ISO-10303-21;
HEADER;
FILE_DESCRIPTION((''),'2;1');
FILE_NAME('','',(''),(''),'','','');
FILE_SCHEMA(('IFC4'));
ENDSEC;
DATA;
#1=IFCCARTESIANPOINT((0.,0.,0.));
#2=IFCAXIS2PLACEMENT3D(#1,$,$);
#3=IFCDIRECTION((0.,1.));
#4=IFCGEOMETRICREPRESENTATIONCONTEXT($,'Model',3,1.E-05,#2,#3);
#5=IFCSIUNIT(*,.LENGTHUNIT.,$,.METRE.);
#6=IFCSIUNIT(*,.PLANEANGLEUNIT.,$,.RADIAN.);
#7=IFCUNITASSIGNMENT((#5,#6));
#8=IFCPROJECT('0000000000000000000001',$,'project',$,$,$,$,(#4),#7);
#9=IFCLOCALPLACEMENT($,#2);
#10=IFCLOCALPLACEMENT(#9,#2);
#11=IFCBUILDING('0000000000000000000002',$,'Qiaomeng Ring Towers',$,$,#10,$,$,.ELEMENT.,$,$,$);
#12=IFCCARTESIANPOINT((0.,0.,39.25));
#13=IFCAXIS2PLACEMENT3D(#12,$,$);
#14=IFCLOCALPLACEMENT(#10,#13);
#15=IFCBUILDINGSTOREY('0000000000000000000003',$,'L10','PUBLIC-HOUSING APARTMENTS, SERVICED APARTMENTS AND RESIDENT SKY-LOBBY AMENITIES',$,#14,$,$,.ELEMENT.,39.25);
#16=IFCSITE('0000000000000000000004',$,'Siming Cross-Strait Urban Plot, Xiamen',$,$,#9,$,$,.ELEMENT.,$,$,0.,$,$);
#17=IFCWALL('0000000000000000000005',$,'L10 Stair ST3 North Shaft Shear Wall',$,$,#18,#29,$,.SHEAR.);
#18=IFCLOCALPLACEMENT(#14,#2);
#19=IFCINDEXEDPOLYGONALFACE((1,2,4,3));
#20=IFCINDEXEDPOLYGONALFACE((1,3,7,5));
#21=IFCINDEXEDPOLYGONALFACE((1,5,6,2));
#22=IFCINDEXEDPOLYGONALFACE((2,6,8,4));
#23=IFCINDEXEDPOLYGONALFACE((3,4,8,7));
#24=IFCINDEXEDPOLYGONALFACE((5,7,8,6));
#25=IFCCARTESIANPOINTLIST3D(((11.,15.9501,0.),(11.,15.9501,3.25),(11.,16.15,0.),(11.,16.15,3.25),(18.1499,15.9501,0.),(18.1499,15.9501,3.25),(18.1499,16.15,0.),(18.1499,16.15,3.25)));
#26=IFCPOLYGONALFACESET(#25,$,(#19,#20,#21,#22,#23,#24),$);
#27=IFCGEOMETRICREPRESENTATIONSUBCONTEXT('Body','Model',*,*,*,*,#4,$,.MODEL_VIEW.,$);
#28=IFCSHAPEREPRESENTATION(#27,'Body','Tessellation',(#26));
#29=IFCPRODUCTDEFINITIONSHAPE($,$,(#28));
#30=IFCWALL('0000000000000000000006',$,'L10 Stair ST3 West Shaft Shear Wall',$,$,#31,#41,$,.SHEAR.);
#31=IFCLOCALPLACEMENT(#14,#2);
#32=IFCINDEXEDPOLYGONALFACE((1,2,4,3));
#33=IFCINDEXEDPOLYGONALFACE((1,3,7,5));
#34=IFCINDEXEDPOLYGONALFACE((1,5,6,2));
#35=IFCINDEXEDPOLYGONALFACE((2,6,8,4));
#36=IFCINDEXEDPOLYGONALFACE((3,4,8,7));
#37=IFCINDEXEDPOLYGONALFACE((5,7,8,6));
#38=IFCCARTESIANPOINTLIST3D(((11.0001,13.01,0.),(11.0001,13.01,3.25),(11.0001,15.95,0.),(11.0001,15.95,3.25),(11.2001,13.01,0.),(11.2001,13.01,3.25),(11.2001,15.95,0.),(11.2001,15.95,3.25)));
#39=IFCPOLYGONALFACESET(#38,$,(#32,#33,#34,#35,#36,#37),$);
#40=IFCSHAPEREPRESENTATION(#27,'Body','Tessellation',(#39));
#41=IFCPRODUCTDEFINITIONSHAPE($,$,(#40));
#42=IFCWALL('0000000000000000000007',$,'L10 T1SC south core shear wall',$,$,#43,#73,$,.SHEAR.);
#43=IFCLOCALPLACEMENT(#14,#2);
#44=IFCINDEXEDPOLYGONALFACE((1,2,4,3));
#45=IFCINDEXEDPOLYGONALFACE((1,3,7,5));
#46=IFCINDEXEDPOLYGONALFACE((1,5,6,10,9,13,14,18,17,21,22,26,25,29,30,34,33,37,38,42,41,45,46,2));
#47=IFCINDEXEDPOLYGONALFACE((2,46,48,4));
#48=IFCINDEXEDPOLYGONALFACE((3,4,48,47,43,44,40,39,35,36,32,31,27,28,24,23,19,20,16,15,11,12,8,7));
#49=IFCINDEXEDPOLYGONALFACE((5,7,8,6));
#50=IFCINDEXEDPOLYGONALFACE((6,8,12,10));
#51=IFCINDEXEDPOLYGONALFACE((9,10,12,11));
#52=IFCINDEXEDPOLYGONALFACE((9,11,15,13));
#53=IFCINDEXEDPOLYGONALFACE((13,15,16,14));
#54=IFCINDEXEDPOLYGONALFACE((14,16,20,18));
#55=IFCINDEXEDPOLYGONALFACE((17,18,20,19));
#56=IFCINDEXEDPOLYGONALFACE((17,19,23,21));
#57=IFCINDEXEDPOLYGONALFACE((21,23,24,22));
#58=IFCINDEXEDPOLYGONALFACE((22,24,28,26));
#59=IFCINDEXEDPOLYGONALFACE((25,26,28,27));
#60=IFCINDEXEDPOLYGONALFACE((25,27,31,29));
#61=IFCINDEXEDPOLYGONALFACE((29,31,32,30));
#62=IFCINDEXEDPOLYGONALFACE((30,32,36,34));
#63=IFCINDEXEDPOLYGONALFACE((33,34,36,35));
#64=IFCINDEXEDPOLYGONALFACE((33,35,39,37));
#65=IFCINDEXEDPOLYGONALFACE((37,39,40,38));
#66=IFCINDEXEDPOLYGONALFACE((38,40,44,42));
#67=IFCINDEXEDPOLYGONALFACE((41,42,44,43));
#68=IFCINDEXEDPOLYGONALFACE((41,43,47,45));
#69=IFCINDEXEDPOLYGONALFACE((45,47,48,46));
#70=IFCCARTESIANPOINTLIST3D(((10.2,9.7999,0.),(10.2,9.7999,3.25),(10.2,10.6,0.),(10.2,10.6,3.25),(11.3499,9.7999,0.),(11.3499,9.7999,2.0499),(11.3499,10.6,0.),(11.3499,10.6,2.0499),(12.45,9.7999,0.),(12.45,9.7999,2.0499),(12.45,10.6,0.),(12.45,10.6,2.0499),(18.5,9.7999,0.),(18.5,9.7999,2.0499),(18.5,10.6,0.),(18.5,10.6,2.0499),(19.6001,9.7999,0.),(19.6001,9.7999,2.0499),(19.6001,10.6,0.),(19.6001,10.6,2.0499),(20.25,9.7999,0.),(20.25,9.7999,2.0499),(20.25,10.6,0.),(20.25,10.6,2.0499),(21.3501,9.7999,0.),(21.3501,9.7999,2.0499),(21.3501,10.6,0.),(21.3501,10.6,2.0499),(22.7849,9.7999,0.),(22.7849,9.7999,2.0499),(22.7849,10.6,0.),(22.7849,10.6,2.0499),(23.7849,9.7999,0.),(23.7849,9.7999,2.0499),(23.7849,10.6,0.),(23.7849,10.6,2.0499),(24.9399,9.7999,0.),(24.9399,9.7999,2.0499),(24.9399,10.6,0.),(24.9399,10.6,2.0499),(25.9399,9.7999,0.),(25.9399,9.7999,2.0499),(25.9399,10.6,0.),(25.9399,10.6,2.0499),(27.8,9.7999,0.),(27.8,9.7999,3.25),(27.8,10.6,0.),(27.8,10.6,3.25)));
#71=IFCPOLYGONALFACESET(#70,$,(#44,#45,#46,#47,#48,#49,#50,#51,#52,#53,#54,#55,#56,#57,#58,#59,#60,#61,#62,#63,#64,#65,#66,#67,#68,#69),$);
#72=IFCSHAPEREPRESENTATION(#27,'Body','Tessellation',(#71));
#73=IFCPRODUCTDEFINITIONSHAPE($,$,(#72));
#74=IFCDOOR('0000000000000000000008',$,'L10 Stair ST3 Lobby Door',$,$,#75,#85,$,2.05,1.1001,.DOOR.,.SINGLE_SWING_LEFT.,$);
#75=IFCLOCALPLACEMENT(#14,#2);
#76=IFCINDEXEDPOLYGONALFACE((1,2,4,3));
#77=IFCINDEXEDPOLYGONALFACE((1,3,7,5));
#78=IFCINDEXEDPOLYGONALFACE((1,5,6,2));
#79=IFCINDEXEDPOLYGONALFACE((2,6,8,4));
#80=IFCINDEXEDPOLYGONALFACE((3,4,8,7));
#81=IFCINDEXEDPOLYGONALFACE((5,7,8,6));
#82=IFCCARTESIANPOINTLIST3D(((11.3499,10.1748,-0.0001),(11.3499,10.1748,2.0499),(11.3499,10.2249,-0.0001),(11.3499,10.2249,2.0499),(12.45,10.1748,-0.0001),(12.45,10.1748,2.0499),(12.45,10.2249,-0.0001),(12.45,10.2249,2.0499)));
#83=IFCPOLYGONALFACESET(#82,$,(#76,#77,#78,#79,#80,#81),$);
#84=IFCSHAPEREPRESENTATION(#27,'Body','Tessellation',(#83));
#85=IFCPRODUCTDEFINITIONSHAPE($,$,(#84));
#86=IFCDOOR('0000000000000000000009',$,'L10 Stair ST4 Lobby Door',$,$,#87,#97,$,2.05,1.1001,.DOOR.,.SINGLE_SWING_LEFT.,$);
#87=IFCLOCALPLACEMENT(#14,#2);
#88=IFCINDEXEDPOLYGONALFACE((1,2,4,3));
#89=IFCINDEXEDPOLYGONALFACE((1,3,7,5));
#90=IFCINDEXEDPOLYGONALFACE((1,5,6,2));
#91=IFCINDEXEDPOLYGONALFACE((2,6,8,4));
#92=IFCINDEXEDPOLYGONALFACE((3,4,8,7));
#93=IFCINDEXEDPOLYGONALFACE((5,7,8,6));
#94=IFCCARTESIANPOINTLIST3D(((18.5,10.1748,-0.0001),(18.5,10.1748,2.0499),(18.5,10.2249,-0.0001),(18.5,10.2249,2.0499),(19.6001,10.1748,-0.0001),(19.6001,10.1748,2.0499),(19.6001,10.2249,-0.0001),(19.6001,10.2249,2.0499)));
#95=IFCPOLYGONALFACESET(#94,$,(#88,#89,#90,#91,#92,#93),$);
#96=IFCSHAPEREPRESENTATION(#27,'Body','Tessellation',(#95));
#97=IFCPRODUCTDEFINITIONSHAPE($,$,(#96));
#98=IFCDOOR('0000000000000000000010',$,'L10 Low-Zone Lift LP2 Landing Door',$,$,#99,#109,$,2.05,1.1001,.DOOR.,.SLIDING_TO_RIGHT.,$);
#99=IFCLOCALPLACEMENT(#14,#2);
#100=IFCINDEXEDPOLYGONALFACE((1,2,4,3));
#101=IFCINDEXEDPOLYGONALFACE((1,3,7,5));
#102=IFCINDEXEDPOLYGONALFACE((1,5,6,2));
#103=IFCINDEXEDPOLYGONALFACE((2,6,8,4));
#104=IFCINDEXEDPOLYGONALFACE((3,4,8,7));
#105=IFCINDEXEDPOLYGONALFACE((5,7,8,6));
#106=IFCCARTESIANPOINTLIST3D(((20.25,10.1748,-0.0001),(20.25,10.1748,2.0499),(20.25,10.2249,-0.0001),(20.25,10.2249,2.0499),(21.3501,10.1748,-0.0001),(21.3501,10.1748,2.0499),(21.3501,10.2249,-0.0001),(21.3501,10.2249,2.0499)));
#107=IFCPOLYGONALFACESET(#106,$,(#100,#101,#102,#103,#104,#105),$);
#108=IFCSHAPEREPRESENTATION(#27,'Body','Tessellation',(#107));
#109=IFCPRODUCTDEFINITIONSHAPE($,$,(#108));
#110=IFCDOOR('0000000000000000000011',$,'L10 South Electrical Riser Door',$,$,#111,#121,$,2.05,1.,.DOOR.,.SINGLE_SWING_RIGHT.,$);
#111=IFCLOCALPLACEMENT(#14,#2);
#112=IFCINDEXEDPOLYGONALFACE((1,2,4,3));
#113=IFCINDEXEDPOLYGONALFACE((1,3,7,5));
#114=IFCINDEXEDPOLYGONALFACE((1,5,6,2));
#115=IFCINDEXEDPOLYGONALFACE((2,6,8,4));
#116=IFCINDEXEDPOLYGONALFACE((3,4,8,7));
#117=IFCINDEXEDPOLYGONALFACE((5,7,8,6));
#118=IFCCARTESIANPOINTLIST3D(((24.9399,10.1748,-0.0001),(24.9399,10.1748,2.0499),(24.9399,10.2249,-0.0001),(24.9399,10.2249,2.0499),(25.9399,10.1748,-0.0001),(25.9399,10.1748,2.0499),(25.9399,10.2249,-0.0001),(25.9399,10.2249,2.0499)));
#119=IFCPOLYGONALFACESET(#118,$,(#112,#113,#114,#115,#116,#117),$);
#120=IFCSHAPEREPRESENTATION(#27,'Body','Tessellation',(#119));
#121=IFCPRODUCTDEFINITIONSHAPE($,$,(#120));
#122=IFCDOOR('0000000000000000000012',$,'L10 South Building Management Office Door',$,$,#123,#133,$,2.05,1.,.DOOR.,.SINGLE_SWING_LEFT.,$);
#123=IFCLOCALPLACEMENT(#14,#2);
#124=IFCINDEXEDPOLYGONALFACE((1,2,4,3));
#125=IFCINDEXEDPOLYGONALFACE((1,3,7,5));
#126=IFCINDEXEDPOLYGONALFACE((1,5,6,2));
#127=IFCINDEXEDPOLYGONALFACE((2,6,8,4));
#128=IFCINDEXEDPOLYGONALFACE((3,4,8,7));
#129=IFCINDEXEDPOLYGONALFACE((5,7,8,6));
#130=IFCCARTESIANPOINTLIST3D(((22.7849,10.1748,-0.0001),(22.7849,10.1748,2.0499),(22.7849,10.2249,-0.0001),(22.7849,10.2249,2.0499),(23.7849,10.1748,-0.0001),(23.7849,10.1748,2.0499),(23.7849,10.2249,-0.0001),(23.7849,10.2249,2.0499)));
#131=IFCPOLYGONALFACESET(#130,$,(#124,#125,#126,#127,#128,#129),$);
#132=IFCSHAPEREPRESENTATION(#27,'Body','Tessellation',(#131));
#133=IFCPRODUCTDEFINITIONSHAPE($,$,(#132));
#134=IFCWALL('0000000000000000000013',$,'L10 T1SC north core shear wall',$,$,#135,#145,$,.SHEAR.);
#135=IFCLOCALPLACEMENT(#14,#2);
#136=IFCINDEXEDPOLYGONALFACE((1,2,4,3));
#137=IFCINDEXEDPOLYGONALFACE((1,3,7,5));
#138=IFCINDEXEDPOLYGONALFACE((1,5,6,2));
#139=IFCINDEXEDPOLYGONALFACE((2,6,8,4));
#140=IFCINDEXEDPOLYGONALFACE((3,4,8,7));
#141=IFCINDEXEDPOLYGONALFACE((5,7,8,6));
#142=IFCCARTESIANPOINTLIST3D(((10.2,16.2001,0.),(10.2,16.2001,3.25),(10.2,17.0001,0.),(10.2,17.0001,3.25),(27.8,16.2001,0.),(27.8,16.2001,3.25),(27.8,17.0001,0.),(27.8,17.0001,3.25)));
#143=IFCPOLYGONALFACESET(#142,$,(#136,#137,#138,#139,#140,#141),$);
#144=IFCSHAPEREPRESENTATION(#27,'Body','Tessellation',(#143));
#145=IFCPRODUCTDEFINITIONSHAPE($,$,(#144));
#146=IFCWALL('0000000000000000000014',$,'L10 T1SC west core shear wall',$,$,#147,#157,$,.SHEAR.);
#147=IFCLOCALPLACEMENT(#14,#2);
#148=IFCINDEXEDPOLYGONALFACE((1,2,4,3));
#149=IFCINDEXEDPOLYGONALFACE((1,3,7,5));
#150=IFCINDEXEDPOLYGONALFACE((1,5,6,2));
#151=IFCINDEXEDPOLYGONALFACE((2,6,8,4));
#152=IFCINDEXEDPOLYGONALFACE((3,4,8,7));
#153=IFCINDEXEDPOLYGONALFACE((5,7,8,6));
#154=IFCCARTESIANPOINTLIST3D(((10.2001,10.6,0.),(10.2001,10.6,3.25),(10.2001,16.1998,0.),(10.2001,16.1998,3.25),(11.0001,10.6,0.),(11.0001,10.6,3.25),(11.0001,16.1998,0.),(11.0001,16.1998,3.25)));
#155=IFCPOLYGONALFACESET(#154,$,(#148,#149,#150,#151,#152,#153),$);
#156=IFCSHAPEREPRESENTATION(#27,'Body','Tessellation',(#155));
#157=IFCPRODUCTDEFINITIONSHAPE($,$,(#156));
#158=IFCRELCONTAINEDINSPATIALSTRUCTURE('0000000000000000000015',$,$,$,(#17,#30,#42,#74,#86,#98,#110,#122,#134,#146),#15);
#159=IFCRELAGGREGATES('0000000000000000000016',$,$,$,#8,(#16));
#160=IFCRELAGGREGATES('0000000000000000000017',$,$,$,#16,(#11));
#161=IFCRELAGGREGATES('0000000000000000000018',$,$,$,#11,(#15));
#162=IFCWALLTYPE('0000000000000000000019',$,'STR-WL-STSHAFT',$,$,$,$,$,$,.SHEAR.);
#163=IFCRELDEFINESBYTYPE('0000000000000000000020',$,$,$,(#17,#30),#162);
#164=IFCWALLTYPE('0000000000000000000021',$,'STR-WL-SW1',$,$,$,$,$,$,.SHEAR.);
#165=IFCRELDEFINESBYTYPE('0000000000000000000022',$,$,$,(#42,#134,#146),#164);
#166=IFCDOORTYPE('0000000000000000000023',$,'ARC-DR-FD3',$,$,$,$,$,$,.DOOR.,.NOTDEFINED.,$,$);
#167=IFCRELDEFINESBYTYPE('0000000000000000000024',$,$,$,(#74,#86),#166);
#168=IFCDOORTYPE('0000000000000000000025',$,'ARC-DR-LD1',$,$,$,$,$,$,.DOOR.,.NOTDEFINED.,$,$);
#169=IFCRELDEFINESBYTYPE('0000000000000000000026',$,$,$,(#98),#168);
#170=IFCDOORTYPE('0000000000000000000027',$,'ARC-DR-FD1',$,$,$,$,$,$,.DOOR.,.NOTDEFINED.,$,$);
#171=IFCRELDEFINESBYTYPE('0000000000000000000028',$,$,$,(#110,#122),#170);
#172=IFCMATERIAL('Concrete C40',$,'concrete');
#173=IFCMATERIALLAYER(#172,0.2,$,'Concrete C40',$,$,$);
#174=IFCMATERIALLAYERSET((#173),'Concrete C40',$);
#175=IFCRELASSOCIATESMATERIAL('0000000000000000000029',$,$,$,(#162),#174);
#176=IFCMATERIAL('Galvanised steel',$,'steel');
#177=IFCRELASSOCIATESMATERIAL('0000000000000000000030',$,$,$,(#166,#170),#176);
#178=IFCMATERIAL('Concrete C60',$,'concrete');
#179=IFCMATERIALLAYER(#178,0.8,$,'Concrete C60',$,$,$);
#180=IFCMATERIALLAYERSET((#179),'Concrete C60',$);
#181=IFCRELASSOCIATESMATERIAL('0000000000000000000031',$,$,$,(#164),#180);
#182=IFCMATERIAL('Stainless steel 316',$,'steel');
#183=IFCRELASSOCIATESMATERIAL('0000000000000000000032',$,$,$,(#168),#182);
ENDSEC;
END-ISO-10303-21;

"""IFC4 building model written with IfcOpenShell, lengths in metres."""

from ifc_helpers import new_model, si_unit, direction, frame, frame_2d, origin, place, context, subcontext, project, spatial, rectangle, extrude, source, transform, mapped, material, layer, layer_set, type_object, element, fill, save


model = new_model("IFC4")

# Units and contexts
model_context = context("Model", 3, precision=1e-05, world=origin(), true_north=direction((0.0, 1.0)))
body_context = subcontext(model_context, "Body", "Model", "MODEL_VIEW")
ifc_project = project(units=[si_unit("LENGTHUNIT", "METRE"), si_unit("PLANEANGLEUNIT", "RADIAN")], contexts=[model_context])

# Site, building, storey
site_placement = place(None, origin())
site = spatial("IfcSite", under=ifc_project, at=site_placement, Name="Siming Cross-Strait Urban Plot, Xiamen", CompositionType="ELEMENT", RefElevation=0.0)
building_placement = place(site_placement, origin())
building = spatial("IfcBuilding", under=site, at=building_placement, Name="Qiaomeng Ring Towers", CompositionType="ELEMENT")
storey_placement = place(building_placement, frame((0.0, 0.0, 39.25)))
storey = spatial("IfcBuildingStorey", under=building, at=storey_placement, Name="L10", Description="PUBLIC-HOUSING APARTMENTS, SERVICED APARTMENTS AND RESIDENT SKY-LOBBY AMENITIES", CompositionType="ELEMENT", Elevation=39.25)

# Shared definitions
shared_shape_1 = source(origin(), body_context, "Body", "SweptSolid", [
    extrude(rectangle(XDim=1.0, YDim=2.05, at=frame_2d((0.5, 1.0249))), frame((0.0, 0.0249, 0.0), z_axis=(0.0, -1.0, 0.0), x_axis=(1.0, 0.0, 0.0)), (0.0, 0.0, 1.0), 0.05),
])

# Shared definitions
ifc_material_1 = material(Name="Concrete C40", Category="concrete")
ifc_layer_1 = layer(ifc_material_1, 0.2, Name="Concrete C40")
ifc_layer_set_1 = layer_set([ifc_layer_1], Name="Concrete C40")
wall_type_1 = type_object("IfcWallType", Name="STR-WL-STSHAFT", PredefinedType="SHEAR", material=ifc_layer_set_1)

# Shared definitions
ifc_material_2 = material(Name="Galvanised steel", Category="steel")
door_type_1 = type_object("IfcDoorType", Name="ARC-DR-FD3", OperationType="NOTDEFINED", PredefinedType="DOOR", material=ifc_material_2)
shared_shape_2 = source(origin(), body_context, "Body", "SweptSolid", [
    extrude(rectangle(XDim=1.1001, YDim=2.05, at=frame_2d((0.55, 1.0249))), frame((0.0, 0.0249, 0.0), z_axis=(0.0, -1.0, 0.0), x_axis=(1.0, 0.0, 0.0)), (0.0, 0.0, 1.0), 0.05),
])

# Walls
wall_1_placement = place(storey_placement, frame((11.0, 16.05, 0.0), z_axis=(0.0, 0.0, 1.0), x_axis=(1.0, 0.0, 0.0)))
element("IfcWall", 1, at=wall_1_placement, inside=storey, type_object=wall_type_1, Name="L10 Stair ST3 North Shaft Shear Wall", PredefinedType="SHEAR", context=body_context, shape_type="SweptSolid", body=[
    extrude(rectangle(XDim=7.1499, YDim=0.2, at=frame_2d((3.575, 0.0))), origin(), (0.0, 0.0, 1.0), 3.25),
])
wall_2_placement = place(storey_placement, frame((11.1001, 13.01, 0.0), z_axis=(0.0, 0.0, 1.0), x_axis=(0.0, 1.0, 0.0)))
element("IfcWall", 2, at=wall_2_placement, inside=storey, type_object=wall_type_1, Name="L10 Stair ST3 West Shaft Shear Wall", PredefinedType="SHEAR", context=body_context, shape_type="SweptSolid", body=[
    extrude(rectangle(XDim=2.9399, YDim=0.2, at=frame_2d((1.47, 0.0))), origin(), (0.0, 0.0, 1.0), 3.25),
])

# Wall, openings, doors
ifc_material_3 = material(Name="Concrete C60", Category="concrete")
ifc_layer_2 = layer(ifc_material_3, 0.8, Name="Concrete C60")
ifc_layer_set_2 = layer_set([ifc_layer_2], Name="Concrete C60")
wall_type_2 = type_object("IfcWallType", Name="STR-WL-SW1", PredefinedType="SHEAR", material=ifc_layer_set_2)
wall_3_placement = place(storey_placement, frame((10.2, 10.2, 0.0), z_axis=(0.0, 0.0, 1.0), x_axis=(1.0, 0.0, 0.0)))
wall_3 = element("IfcWall", 3, at=wall_3_placement, inside=storey, type_object=wall_type_2, Name="L10 T1SC south core shear wall", PredefinedType="SHEAR", context=body_context, shape_type="SweptSolid", body=[
    extrude(rectangle(XDim=17.6001, YDim=0.8, at=frame_2d((8.8, 0.0))), origin(), (0.0, 0.0, 1.0), 3.25),
])
opening_1_placement = place(wall_3_placement, frame((1.1499, 0.0, 0.0)))
opening_1 = element("IfcOpeningElement", 4, at=opening_1_placement, cuts=wall_3, PredefinedType="OPENING", context=body_context, shape_type="SweptSolid", body=[
    extrude(rectangle(XDim=1.1001, YDim=2.05, at=frame_2d((0.55, 1.0249))), frame((0.0, 0.4099, 0.0), z_axis=(0.0, -1.0, 0.0), x_axis=(1.0, 0.0, 0.0)), (0.0, 0.0, 1.0), 0.8201),
])
opening_2_placement = place(wall_3_placement, frame((8.3, 0.0, 0.0)))
opening_2 = element("IfcOpeningElement", 5, at=opening_2_placement, cuts=wall_3, PredefinedType="OPENING", context=body_context, shape_type="SweptSolid", body=[
    extrude(rectangle(XDim=1.1001, YDim=2.05, at=frame_2d((0.55, 1.0249))), frame((0.0, 0.4099, 0.0), z_axis=(0.0, -1.0, 0.0), x_axis=(1.0, 0.0, 0.0)), (0.0, 0.0, 1.0), 0.8201),
])
opening_3_placement = place(wall_3_placement, frame((10.05, 0.0, 0.0)))
opening_3 = element("IfcOpeningElement", 6, at=opening_3_placement, cuts=wall_3, PredefinedType="OPENING", context=body_context, shape_type="SweptSolid", body=[
    extrude(rectangle(XDim=1.1001, YDim=2.05, at=frame_2d((0.55, 1.0249))), frame((0.0, 0.4099, 0.0), z_axis=(0.0, -1.0, 0.0), x_axis=(1.0, 0.0, 0.0)), (0.0, 0.0, 1.0), 0.8201),
])
opening_4_placement = place(wall_3_placement, frame((14.74, 0.0, 0.0)))
opening_4 = element("IfcOpeningElement", 7, at=opening_4_placement, cuts=wall_3, PredefinedType="OPENING", context=body_context, shape_type="SweptSolid", body=[
    extrude(rectangle(XDim=1.0, YDim=2.05, at=frame_2d((0.5, 1.0249))), frame((0.0, 0.4099, 0.0), z_axis=(0.0, -1.0, 0.0), x_axis=(1.0, 0.0, 0.0)), (0.0, 0.0, 1.0), 0.8201),
])
opening_5_placement = place(wall_3_placement, frame((12.585, 0.0, 0.0)))
opening_5 = element("IfcOpeningElement", 8, at=opening_5_placement, cuts=wall_3, PredefinedType="OPENING", context=body_context, shape_type="SweptSolid", body=[
    extrude(rectangle(XDim=1.0, YDim=2.05, at=frame_2d((0.5, 1.0249))), frame((0.0, 0.4099, 0.0), z_axis=(0.0, -1.0, 0.0), x_axis=(1.0, 0.0, 0.0)), (0.0, 0.0, 1.0), 0.8201),
])
door_1_placement = place(opening_1_placement, origin())
door_1 = element("IfcDoor", 9, at=door_1_placement, inside=storey, type_object=door_type_1, Name="L10 Stair ST3 Lobby Door", OperationType="SINGLE_SWING_LEFT", OverallHeight=2.05, OverallWidth=1.1001, PredefinedType="DOOR", context=body_context, shape_type="MappedRepresentation", body=[
    mapped(shared_shape_2, transform((0.0, 0.0, 0.0), x_axis=(1.0, 0.0, 0.0), y_axis=(0.0, 1.0, 0.0), z_axis=(0.0, 0.0, 1.0), scale=1.0)),
])
fill(opening_1, door_1)
door_2_placement = place(opening_2_placement, origin())
door_2 = element("IfcDoor", 10, at=door_2_placement, inside=storey, type_object=door_type_1, Name="L10 Stair ST4 Lobby Door", OperationType="SINGLE_SWING_LEFT", OverallHeight=2.05, OverallWidth=1.1001, PredefinedType="DOOR", context=body_context, shape_type="MappedRepresentation", body=[
    mapped(shared_shape_2, transform((0.0, 0.0, 0.0), x_axis=(1.0, 0.0, 0.0), y_axis=(0.0, 1.0, 0.0), z_axis=(0.0, 0.0, 1.0), scale=1.0)),
])
fill(opening_2, door_2)
ifc_material_4 = material(Name="Stainless steel 316", Category="steel")
door_type_2 = type_object("IfcDoorType", Name="ARC-DR-LD1", OperationType="NOTDEFINED", PredefinedType="DOOR", material=ifc_material_4)
door_3_placement = place(opening_3_placement, origin())
door_3 = element("IfcDoor", 11, at=door_3_placement, inside=storey, type_object=door_type_2, Name="L10 Low-Zone Lift LP2 Landing Door", OperationType="SLIDING_TO_RIGHT", OverallHeight=2.05, OverallWidth=1.1001, PredefinedType="DOOR", context=body_context, shape_type="MappedRepresentation", body=[
    mapped(shared_shape_2, transform((0.0, 0.0, 0.0), x_axis=(1.0, 0.0, 0.0), y_axis=(0.0, 1.0, 0.0), z_axis=(0.0, 0.0, 1.0), scale=1.0)),
])
fill(opening_3, door_3)
door_type_3 = type_object("IfcDoorType", Name="ARC-DR-FD1", OperationType="NOTDEFINED", PredefinedType="DOOR", material=ifc_material_2)
door_4_placement = place(opening_4_placement, origin())
door_4 = element("IfcDoor", 12, at=door_4_placement, inside=storey, type_object=door_type_3, Name="L10 South Electrical Riser Door", OperationType="SINGLE_SWING_RIGHT", OverallHeight=2.05, OverallWidth=1.0, PredefinedType="DOOR", context=body_context, shape_type="MappedRepresentation", body=[
    mapped(shared_shape_1, transform((0.0, 0.0, 0.0), x_axis=(1.0, 0.0, 0.0), y_axis=(0.0, 1.0, 0.0), z_axis=(0.0, 0.0, 1.0), scale=1.0)),
])
fill(opening_4, door_4)
door_5_placement = place(opening_5_placement, origin())
door_5 = element("IfcDoor", 13, at=door_5_placement, inside=storey, type_object=door_type_3, Name="L10 South Building Management Office Door", OperationType="SINGLE_SWING_LEFT", OverallHeight=2.05, OverallWidth=1.0, PredefinedType="DOOR", context=body_context, shape_type="MappedRepresentation", body=[
    mapped(shared_shape_1, transform((0.0, 0.0, 0.0), x_axis=(1.0, 0.0, 0.0), y_axis=(0.0, 1.0, 0.0), z_axis=(0.0, 0.0, 1.0), scale=1.0)),
])
fill(opening_5, door_5)

# Walls
wall_4_placement = place(storey_placement, frame((10.2, 16.6001, 0.0), z_axis=(0.0, 0.0, 1.0), x_axis=(1.0, 0.0, 0.0)))
element("IfcWall", 14, at=wall_4_placement, inside=storey, type_object=wall_type_2, Name="L10 T1SC north core shear wall", PredefinedType="SHEAR", context=body_context, shape_type="SweptSolid", body=[
    extrude(rectangle(XDim=17.6001, YDim=0.8, at=frame_2d((8.8, 0.0))), origin(), (0.0, 0.0, 1.0), 3.25),
])
wall_5_placement = place(storey_placement, frame((10.6001, 10.6001, 0.0), z_axis=(0.0, 0.0, 1.0), x_axis=(0.0, 1.0, 0.0)))
element("IfcWall", 15, at=wall_5_placement, inside=storey, type_object=wall_type_2, Name="L10 T1SC west core shear wall", PredefinedType="SHEAR", context=body_context, shape_type="SweptSolid", body=[
    extrude(rectangle(XDim=5.5999, YDim=0.8, at=frame_2d((2.7998, 0.0))), origin(), (0.0, 0.0, 1.0), 3.25),
])

save(model, "model.ifc")
